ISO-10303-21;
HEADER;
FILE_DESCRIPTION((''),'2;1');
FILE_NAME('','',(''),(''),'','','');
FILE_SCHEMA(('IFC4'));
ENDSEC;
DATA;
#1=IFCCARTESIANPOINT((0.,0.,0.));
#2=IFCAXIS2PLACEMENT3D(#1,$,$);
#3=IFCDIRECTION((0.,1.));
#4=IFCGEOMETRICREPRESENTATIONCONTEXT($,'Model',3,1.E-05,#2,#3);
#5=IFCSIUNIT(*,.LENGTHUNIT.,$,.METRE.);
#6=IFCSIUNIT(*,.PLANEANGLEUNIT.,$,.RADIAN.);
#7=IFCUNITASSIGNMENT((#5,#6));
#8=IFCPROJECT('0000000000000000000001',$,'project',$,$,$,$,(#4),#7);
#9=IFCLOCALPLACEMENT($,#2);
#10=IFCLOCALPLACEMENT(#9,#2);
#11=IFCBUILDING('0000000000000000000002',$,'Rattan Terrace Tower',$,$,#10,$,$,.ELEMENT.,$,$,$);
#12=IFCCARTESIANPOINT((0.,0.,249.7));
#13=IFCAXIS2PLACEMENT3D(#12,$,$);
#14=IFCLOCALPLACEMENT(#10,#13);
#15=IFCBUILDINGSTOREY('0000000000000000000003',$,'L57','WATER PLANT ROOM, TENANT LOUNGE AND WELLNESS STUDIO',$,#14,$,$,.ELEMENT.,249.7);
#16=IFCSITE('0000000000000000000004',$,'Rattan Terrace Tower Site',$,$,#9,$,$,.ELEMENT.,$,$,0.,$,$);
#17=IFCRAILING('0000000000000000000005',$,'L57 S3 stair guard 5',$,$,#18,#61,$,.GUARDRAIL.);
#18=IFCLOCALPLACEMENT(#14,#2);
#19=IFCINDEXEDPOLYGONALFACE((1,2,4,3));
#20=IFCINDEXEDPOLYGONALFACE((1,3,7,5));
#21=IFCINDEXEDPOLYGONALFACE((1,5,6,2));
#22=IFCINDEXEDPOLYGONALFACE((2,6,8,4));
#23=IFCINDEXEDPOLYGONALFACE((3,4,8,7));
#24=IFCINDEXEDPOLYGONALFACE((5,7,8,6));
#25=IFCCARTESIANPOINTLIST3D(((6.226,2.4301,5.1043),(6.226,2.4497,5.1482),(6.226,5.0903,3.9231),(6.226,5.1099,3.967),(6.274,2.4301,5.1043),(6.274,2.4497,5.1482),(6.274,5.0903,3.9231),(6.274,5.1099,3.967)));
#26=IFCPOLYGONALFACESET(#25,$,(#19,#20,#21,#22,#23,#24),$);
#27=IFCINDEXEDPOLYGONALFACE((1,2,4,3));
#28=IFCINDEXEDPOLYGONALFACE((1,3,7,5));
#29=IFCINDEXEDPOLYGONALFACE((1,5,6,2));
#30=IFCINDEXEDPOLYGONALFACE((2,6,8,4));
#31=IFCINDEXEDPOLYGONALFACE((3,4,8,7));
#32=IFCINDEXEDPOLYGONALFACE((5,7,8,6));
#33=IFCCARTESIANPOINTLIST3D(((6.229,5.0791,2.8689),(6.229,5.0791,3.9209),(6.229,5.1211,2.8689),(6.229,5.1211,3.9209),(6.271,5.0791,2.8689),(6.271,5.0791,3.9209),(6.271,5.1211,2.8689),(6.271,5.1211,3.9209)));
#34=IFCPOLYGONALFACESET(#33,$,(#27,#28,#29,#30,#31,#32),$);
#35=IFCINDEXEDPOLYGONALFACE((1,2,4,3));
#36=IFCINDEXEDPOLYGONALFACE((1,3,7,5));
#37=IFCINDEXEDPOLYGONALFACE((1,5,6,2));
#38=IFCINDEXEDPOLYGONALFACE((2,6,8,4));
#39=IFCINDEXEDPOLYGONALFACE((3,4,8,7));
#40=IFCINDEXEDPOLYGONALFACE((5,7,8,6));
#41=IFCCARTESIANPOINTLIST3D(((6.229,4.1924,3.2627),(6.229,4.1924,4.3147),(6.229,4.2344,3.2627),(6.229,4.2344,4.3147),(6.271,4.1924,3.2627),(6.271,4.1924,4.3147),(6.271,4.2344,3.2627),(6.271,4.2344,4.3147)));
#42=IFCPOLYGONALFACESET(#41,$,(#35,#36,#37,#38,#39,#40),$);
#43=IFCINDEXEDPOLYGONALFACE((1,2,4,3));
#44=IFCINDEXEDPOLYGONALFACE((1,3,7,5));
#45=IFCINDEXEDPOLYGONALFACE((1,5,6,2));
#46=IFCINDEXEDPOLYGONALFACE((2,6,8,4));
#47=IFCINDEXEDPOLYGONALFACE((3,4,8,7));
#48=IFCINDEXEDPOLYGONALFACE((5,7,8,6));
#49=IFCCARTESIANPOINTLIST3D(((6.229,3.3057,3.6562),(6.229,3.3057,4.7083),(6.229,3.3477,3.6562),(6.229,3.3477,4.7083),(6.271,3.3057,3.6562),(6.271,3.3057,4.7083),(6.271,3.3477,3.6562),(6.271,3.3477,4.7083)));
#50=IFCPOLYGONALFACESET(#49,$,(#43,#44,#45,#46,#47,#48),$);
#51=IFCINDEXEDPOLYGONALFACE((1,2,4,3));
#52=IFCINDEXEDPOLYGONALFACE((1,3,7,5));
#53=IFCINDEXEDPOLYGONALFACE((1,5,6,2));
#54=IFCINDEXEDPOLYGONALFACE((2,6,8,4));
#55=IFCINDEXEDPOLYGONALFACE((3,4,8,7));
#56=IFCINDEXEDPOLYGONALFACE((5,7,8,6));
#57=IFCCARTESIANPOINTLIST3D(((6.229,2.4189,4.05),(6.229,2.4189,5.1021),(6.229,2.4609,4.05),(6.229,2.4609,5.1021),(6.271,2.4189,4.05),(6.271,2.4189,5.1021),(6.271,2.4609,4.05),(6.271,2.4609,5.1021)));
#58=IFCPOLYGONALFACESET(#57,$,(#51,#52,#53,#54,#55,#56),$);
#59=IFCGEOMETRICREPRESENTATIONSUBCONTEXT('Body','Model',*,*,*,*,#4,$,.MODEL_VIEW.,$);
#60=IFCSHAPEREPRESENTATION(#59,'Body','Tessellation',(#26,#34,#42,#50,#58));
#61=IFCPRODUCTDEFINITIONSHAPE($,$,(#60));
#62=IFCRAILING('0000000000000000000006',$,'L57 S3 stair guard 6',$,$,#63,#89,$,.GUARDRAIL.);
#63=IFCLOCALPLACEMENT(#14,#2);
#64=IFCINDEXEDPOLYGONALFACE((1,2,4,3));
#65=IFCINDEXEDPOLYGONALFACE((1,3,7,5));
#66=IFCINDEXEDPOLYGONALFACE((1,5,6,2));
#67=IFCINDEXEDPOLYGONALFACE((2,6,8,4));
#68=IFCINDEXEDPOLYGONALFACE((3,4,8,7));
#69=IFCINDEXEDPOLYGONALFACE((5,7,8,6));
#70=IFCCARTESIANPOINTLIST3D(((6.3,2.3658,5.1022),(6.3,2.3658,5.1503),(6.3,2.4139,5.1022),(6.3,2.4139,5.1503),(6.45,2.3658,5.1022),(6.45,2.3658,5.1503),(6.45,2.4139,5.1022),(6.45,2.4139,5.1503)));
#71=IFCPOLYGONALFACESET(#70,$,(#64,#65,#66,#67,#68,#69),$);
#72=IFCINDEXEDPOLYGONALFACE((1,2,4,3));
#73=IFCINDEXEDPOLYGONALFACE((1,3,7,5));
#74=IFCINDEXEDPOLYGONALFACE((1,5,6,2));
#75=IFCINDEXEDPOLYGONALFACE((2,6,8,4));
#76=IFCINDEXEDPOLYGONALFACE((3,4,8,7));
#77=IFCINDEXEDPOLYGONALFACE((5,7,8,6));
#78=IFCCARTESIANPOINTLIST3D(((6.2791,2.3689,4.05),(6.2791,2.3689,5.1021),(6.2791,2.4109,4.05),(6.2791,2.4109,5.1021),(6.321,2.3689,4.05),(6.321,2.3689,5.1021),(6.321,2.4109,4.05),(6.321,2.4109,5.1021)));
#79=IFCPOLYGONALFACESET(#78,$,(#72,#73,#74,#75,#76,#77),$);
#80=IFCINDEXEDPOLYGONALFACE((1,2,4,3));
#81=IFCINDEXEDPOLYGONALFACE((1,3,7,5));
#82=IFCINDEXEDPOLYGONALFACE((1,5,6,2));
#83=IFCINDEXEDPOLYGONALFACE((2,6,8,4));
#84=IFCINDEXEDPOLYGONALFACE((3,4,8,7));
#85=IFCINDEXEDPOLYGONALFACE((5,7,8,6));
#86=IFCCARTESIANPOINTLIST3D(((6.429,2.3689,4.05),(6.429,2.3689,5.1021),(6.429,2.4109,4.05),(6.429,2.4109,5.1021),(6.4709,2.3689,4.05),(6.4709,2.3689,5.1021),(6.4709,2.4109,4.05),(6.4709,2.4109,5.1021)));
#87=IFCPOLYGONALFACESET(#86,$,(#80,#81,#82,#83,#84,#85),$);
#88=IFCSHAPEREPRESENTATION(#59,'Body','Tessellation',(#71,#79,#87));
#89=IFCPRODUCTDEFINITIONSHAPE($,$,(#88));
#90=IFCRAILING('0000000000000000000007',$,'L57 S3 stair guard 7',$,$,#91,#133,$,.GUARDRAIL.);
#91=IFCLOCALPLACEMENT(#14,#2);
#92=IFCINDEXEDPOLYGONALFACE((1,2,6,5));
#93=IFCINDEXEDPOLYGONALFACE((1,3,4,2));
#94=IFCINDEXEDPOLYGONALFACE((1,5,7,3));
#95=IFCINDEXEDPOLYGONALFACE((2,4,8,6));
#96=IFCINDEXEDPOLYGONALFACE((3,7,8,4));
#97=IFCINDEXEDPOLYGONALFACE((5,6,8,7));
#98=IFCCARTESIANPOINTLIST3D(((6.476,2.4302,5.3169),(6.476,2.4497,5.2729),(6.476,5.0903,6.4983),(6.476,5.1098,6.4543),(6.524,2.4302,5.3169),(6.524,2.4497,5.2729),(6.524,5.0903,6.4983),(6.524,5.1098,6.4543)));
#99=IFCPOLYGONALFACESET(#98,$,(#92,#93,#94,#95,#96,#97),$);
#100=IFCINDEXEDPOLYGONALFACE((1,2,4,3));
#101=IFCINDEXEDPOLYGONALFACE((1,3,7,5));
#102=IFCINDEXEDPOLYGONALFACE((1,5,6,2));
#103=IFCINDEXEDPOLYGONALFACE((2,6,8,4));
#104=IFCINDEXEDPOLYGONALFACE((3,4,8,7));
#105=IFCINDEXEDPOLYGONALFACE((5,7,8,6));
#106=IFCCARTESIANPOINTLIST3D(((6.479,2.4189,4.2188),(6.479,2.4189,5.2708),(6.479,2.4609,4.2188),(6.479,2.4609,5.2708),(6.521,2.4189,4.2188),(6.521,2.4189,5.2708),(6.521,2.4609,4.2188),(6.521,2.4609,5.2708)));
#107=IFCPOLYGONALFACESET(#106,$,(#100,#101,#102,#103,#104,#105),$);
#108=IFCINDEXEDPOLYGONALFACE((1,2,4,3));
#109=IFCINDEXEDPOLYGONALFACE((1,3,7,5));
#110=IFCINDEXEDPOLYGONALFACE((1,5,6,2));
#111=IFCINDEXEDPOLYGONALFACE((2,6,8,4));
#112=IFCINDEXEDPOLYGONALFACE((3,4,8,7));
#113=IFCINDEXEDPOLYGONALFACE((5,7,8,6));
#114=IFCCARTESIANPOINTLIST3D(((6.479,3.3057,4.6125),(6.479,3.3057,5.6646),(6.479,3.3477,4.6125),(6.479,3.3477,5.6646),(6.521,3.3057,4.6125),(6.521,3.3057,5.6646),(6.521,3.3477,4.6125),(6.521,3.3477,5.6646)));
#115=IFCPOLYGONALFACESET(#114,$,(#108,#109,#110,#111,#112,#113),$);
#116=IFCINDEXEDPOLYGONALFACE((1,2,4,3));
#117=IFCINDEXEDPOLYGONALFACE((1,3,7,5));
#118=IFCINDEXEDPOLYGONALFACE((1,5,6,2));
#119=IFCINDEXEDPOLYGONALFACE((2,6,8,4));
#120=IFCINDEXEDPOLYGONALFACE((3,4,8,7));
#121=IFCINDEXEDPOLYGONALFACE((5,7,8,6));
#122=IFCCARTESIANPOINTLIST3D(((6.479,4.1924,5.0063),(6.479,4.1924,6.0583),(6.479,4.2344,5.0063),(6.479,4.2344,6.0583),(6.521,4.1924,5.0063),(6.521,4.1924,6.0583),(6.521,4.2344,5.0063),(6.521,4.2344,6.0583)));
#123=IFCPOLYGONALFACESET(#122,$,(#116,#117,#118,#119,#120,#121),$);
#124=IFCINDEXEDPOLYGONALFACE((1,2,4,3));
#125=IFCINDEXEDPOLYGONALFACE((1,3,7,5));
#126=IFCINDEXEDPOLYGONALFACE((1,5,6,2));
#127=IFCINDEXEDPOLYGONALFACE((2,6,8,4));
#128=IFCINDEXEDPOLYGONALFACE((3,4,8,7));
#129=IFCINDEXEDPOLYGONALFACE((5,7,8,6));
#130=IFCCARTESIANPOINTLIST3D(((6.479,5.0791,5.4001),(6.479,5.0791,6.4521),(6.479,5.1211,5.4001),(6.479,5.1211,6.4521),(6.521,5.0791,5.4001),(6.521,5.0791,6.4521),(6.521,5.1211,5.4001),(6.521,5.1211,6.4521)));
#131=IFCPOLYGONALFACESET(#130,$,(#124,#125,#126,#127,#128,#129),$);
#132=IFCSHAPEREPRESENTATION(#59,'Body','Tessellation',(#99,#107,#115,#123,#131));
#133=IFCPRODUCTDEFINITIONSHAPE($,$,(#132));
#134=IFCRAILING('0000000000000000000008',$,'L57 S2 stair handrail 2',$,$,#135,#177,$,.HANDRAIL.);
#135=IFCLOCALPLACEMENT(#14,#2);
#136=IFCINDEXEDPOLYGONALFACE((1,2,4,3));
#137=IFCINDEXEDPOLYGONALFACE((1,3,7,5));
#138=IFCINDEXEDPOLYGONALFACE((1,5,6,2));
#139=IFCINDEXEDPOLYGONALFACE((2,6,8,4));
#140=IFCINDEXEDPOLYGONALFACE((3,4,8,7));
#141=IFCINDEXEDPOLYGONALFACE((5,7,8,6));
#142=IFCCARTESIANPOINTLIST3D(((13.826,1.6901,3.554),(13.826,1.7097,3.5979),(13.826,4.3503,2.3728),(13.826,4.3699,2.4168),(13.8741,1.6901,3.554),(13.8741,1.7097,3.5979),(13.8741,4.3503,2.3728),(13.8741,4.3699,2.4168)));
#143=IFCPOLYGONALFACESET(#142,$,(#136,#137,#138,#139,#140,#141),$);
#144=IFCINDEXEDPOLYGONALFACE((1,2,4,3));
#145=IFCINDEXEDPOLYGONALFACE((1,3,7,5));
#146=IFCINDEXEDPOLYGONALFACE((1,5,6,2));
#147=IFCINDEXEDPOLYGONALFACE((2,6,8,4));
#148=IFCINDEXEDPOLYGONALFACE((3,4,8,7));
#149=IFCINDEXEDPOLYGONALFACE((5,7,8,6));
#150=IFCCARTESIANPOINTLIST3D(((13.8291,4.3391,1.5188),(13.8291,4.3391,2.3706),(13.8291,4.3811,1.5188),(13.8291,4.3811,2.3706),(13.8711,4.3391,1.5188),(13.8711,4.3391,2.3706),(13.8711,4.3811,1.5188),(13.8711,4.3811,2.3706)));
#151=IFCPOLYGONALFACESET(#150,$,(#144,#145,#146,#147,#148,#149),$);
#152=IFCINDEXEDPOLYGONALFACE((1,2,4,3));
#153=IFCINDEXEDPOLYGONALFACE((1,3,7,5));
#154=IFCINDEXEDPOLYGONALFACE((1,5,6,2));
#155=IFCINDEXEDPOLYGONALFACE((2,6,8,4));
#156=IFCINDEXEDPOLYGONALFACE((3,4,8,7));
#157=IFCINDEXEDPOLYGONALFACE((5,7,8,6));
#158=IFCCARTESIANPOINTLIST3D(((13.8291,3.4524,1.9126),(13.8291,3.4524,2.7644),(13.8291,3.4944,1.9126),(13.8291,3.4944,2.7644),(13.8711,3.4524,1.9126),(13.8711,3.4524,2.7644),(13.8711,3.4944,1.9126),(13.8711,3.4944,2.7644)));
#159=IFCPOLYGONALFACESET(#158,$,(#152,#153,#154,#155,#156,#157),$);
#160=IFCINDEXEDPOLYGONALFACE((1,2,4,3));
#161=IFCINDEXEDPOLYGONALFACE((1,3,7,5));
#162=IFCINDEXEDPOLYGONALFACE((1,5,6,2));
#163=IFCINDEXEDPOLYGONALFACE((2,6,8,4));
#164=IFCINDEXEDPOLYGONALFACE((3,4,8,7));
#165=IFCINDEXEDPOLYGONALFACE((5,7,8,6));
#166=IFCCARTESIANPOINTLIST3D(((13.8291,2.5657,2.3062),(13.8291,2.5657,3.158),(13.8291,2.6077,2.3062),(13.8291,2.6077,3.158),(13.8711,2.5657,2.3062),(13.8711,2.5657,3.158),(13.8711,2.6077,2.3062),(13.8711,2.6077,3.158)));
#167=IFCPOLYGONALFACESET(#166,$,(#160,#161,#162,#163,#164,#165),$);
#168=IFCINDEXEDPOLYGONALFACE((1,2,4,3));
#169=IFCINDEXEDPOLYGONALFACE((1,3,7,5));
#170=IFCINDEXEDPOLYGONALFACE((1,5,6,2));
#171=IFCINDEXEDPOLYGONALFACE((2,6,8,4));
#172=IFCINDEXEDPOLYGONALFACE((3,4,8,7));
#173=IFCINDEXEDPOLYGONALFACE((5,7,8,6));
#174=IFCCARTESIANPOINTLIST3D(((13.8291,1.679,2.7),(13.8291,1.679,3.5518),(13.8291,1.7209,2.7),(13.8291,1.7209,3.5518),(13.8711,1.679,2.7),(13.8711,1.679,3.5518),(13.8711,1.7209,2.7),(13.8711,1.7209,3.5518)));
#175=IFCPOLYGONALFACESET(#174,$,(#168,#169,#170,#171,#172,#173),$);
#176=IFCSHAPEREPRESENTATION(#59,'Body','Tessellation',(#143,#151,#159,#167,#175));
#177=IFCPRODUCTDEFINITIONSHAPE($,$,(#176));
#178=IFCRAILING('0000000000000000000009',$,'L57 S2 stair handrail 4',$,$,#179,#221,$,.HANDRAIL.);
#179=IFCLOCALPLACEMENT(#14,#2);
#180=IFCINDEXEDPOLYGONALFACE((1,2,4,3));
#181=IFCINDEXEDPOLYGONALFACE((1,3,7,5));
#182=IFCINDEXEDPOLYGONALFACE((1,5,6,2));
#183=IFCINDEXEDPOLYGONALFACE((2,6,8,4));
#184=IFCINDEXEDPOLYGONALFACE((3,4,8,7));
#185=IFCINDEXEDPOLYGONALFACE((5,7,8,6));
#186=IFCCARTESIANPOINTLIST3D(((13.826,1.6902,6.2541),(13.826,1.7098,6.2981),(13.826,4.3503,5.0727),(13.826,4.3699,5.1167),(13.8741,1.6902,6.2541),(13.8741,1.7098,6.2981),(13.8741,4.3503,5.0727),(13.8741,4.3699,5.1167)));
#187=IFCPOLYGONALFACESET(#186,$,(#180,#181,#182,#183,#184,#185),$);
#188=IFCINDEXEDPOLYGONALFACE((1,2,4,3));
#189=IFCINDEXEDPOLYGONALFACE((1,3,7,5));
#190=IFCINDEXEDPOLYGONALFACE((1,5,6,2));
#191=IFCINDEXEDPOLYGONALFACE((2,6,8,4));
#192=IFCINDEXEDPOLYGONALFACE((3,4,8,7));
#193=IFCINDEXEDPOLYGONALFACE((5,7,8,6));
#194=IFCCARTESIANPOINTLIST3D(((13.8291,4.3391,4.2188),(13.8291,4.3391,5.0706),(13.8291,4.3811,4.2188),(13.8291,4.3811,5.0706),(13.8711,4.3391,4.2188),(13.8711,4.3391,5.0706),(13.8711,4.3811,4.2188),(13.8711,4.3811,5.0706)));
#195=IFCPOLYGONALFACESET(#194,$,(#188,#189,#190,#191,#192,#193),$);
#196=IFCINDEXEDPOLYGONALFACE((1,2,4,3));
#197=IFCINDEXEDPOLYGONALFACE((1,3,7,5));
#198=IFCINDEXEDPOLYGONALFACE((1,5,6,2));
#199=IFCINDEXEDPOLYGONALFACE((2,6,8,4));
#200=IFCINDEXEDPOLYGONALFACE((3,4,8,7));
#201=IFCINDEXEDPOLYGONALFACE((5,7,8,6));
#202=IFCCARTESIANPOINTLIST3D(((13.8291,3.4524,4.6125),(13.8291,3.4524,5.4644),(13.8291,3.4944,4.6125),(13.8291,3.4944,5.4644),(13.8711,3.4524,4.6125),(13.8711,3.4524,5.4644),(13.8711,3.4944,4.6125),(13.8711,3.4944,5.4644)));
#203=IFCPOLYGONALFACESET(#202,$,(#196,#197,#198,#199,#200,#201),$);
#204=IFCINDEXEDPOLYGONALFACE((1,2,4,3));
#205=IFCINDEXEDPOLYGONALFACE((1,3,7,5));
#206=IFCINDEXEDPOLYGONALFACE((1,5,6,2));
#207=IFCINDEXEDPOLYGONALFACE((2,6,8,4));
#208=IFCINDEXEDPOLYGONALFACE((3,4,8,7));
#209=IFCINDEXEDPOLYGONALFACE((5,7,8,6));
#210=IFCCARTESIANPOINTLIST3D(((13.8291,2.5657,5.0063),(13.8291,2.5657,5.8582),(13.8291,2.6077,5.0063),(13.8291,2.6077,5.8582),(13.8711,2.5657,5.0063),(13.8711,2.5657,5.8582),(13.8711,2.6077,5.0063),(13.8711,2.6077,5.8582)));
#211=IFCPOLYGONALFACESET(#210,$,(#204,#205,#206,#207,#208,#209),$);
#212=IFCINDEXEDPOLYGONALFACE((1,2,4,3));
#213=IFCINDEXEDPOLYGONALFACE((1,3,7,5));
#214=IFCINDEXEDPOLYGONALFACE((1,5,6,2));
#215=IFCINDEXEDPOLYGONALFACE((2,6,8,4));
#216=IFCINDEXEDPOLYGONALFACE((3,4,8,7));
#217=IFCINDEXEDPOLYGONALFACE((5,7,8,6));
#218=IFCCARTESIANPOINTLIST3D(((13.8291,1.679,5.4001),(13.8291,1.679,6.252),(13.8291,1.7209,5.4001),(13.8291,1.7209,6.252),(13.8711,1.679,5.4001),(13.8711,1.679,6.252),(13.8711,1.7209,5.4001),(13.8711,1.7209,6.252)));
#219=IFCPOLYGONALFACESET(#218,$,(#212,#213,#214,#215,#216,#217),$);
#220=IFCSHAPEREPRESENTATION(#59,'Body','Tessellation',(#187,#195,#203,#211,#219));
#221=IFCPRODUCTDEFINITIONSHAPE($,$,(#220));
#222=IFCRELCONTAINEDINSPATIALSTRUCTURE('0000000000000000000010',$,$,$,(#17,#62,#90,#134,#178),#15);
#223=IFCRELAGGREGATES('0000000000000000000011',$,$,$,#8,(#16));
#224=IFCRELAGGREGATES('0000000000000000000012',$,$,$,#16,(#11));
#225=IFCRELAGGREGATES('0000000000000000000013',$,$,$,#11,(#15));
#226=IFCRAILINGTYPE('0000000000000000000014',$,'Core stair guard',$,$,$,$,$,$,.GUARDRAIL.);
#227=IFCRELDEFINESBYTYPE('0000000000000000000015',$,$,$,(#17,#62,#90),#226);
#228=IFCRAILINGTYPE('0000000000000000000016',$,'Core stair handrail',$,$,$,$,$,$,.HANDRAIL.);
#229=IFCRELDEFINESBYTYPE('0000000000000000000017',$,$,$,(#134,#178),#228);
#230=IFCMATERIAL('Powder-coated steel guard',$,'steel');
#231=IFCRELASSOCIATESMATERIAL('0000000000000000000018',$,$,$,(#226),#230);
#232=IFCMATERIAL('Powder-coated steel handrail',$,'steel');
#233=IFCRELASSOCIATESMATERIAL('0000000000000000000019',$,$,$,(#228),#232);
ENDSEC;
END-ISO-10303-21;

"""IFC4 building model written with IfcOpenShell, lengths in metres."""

from ifc_helpers import new_model, si_unit, direction, frame, origin, origin_2d, place, context, subcontext, project, spatial, rectangle, extrude, material, type_object, element, save


model = new_model("IFC4")

# Units and contexts
model_context = context("Model", 3, precision=1e-05, world=origin(), true_north=direction((0.0, 1.0)))
body_context = subcontext(model_context, "Body", "Model", "MODEL_VIEW")
ifc_project = project(units=[si_unit("LENGTHUNIT", "METRE"), si_unit("PLANEANGLEUNIT", "RADIAN")], contexts=[model_context])

# Site, building, storey
site_placement = place(None, origin())
site = spatial("IfcSite", under=ifc_project, at=site_placement, Name="Rattan Terrace Tower Site", CompositionType="ELEMENT", RefElevation=0.0)
building_placement = place(site_placement, origin())
building = spatial("IfcBuilding", under=site, at=building_placement, Name="Rattan Terrace Tower", CompositionType="ELEMENT")
storey_placement = place(building_placement, frame((0.0, 0.0, 249.7)))
storey = spatial("IfcBuildingStorey", under=building, at=storey_placement, Name="L57", Description="WATER PLANT ROOM, TENANT LOUNGE AND WELLNESS STUDIO", CompositionType="ELEMENT", Elevation=249.7)

# Railings
ifc_material_1 = material(Name="Powder-coated steel guard", Category="steel")
railing_type_1 = type_object("IfcRailingType", Name="Core stair guard", PredefinedType="GUARDRAIL", material=ifc_material_1)
railing_1_placement = place(storey_placement, frame((6.25, 5.1001, 2.8689)))
element("IfcRailing", 1, at=railing_1_placement, inside=storey, type_object=railing_type_1, Name="L57 S3 stair guard 5", PredefinedType="GUARDRAIL", context=body_context, shape_type="SweptSolid", body=[
    extrude(rectangle(XDim=0.0481, YDim=0.0481, at=origin_2d()), frame((0.0, 0.0, 1.0762), z_axis=(0.0, -0.913957, 0.405812), x_axis=(1.0, 0.0, 0.0)), (0.0, 0.0, 1.0), 2.9106),
    extrude(rectangle(XDim=0.042, YDim=0.042, at=origin_2d()), origin(), (0.0, 0.0, 1.0), 1.052),
    extrude(rectangle(XDim=0.042, YDim=0.042, at=origin_2d()), frame((0.0, -0.8867, 0.3938)), (0.0, 0.0, 1.0), 1.052),
    extrude(rectangle(XDim=0.042, YDim=0.042, at=origin_2d()), frame((0.0, -1.7734, 0.7874)), (0.0, 0.0, 1.0), 1.052),
    extrude(rectangle(XDim=0.042, YDim=0.042, at=origin_2d()), frame((0.0, -2.6602, 1.1812)), (0.0, 0.0, 1.0), 1.052),
])
railing_2_placement = place(storey_placement, frame((6.3, 2.3899, 4.05)))
element("IfcRailing", 2, at=railing_2_placement, inside=storey, type_object=railing_type_1, Name="L57 S3 stair guard 6", PredefinedType="GUARDRAIL", context=body_context, shape_type="SweptSolid", body=[
    extrude(rectangle(XDim=0.0481, YDim=0.0481, at=origin_2d()), frame((0.0, 0.0, 1.0762), z_axis=(1.0, 0.0, 0.0), x_axis=(0.0, 1.0, 0.0)), (0.0, 0.0, 1.0), 0.1499),
    extrude(rectangle(XDim=0.042, YDim=0.042, at=origin_2d()), origin(), (0.0, 0.0, 1.0), 1.052),
    extrude(rectangle(XDim=0.042, YDim=0.042, at=origin_2d()), frame((0.1499, 0.0, 0.0)), (0.0, 0.0, 1.0), 1.052),
])
railing_3_placement = place(storey_placement, frame((6.5, 2.4399, 4.2188)))
element("IfcRailing", 3, at=railing_3_placement, inside=storey, type_object=railing_type_1, Name="L57 S3 stair guard 7", PredefinedType="GUARDRAIL", context=body_context, shape_type="SweptSolid", body=[
    extrude(rectangle(XDim=0.0481, YDim=0.0481, at=origin_2d()), frame((0.0, 0.0, 1.0762), z_axis=(0.0, 0.913926, 0.405882), x_axis=(-1.0, 0.0, 0.0)), (0.0, 0.0, 1.0), 2.9106),
    extrude(rectangle(XDim=0.042, YDim=0.042, at=origin_2d()), origin(), (0.0, 0.0, 1.0), 1.052),
    extrude(rectangle(XDim=0.042, YDim=0.042, at=origin_2d()), frame((0.0, 0.8867, 0.3938)), (0.0, 0.0, 1.0), 1.052),
    extrude(rectangle(XDim=0.042, YDim=0.042, at=origin_2d()), frame((0.0, 1.7734, 0.7876)), (0.0, 0.0, 1.0), 1.052),
    extrude(rectangle(XDim=0.042, YDim=0.042, at=origin_2d()), frame((0.0, 2.6602, 1.1814)), (0.0, 0.0, 1.0), 1.052),
])
ifc_material_2 = material(Name="Powder-coated steel handrail", Category="steel")
railing_type_2 = type_object("IfcRailingType", Name="Core stair handrail", PredefinedType="HANDRAIL", material=ifc_material_2)
railing_4_placement = place(storey_placement, frame((13.8501, 4.3601, 1.5188)))
element("IfcRailing", 4, at=railing_4_placement, inside=storey, type_object=railing_type_2, Name="L57 S2 stair handrail 2", PredefinedType="HANDRAIL", context=body_context, shape_type="SweptSolid", body=[
    extrude(rectangle(XDim=0.0481, YDim=0.0481, at=origin_2d()), frame((0.0, 0.0, 0.876), z_axis=(0.0, -0.913957, 0.405812), x_axis=(1.0, 0.0, 0.0)), (0.0, 0.0, 1.0), 2.9106),
    extrude(rectangle(XDim=0.042, YDim=0.042, at=origin_2d()), origin(), (0.0, 0.0, 1.0), 0.8518),
    extrude(rectangle(XDim=0.042, YDim=0.042, at=origin_2d()), frame((0.0, -0.8867, 0.3938)), (0.0, 0.0, 1.0), 0.8518),
    extrude(rectangle(XDim=0.042, YDim=0.042, at=origin_2d()), frame((0.0, -1.7734, 0.7874)), (0.0, 0.0, 1.0), 0.8518),
    extrude(rectangle(XDim=0.042, YDim=0.042, at=origin_2d()), frame((0.0, -2.6602, 1.1812)), (0.0, 0.0, 1.0), 0.8518),
])
for number, where, name in (
    (5, (13.8501, 4.3601, 4.2188), "L57 S2 stair handrail 4"),
):
    element("IfcRailing", number, at=place(storey_placement, frame(where)), inside=storey, type_object=railing_type_2, Name=name, PredefinedType="HANDRAIL", context=body_context, shape_type="SweptSolid", body=[
        extrude(rectangle(XDim=0.0481, YDim=0.0481, at=origin_2d()), frame((0.0, 0.0, 0.876), z_axis=(0.0, -0.913926, 0.405882), x_axis=(1.0, 0.0, 0.0)), (0.0, 0.0, 1.0), 2.9106),
        extrude(rectangle(XDim=0.042, YDim=0.042, at=origin_2d()), origin(), (0.0, 0.0, 1.0), 0.8518),
        extrude(rectangle(XDim=0.042, YDim=0.042, at=origin_2d()), frame((0.0, -0.8867, 0.3938)), (0.0, 0.0, 1.0), 0.8518),
        extrude(rectangle(XDim=0.042, YDim=0.042, at=origin_2d()), frame((0.0, -1.7734, 0.7876)), (0.0, 0.0, 1.0), 0.8518),
        extrude(rectangle(XDim=0.042, YDim=0.042, at=origin_2d()), frame((0.0, -2.6602, 1.1814)), (0.0, 0.0, 1.0), 0.8518),
    ])

save(model, "model.ifc")
